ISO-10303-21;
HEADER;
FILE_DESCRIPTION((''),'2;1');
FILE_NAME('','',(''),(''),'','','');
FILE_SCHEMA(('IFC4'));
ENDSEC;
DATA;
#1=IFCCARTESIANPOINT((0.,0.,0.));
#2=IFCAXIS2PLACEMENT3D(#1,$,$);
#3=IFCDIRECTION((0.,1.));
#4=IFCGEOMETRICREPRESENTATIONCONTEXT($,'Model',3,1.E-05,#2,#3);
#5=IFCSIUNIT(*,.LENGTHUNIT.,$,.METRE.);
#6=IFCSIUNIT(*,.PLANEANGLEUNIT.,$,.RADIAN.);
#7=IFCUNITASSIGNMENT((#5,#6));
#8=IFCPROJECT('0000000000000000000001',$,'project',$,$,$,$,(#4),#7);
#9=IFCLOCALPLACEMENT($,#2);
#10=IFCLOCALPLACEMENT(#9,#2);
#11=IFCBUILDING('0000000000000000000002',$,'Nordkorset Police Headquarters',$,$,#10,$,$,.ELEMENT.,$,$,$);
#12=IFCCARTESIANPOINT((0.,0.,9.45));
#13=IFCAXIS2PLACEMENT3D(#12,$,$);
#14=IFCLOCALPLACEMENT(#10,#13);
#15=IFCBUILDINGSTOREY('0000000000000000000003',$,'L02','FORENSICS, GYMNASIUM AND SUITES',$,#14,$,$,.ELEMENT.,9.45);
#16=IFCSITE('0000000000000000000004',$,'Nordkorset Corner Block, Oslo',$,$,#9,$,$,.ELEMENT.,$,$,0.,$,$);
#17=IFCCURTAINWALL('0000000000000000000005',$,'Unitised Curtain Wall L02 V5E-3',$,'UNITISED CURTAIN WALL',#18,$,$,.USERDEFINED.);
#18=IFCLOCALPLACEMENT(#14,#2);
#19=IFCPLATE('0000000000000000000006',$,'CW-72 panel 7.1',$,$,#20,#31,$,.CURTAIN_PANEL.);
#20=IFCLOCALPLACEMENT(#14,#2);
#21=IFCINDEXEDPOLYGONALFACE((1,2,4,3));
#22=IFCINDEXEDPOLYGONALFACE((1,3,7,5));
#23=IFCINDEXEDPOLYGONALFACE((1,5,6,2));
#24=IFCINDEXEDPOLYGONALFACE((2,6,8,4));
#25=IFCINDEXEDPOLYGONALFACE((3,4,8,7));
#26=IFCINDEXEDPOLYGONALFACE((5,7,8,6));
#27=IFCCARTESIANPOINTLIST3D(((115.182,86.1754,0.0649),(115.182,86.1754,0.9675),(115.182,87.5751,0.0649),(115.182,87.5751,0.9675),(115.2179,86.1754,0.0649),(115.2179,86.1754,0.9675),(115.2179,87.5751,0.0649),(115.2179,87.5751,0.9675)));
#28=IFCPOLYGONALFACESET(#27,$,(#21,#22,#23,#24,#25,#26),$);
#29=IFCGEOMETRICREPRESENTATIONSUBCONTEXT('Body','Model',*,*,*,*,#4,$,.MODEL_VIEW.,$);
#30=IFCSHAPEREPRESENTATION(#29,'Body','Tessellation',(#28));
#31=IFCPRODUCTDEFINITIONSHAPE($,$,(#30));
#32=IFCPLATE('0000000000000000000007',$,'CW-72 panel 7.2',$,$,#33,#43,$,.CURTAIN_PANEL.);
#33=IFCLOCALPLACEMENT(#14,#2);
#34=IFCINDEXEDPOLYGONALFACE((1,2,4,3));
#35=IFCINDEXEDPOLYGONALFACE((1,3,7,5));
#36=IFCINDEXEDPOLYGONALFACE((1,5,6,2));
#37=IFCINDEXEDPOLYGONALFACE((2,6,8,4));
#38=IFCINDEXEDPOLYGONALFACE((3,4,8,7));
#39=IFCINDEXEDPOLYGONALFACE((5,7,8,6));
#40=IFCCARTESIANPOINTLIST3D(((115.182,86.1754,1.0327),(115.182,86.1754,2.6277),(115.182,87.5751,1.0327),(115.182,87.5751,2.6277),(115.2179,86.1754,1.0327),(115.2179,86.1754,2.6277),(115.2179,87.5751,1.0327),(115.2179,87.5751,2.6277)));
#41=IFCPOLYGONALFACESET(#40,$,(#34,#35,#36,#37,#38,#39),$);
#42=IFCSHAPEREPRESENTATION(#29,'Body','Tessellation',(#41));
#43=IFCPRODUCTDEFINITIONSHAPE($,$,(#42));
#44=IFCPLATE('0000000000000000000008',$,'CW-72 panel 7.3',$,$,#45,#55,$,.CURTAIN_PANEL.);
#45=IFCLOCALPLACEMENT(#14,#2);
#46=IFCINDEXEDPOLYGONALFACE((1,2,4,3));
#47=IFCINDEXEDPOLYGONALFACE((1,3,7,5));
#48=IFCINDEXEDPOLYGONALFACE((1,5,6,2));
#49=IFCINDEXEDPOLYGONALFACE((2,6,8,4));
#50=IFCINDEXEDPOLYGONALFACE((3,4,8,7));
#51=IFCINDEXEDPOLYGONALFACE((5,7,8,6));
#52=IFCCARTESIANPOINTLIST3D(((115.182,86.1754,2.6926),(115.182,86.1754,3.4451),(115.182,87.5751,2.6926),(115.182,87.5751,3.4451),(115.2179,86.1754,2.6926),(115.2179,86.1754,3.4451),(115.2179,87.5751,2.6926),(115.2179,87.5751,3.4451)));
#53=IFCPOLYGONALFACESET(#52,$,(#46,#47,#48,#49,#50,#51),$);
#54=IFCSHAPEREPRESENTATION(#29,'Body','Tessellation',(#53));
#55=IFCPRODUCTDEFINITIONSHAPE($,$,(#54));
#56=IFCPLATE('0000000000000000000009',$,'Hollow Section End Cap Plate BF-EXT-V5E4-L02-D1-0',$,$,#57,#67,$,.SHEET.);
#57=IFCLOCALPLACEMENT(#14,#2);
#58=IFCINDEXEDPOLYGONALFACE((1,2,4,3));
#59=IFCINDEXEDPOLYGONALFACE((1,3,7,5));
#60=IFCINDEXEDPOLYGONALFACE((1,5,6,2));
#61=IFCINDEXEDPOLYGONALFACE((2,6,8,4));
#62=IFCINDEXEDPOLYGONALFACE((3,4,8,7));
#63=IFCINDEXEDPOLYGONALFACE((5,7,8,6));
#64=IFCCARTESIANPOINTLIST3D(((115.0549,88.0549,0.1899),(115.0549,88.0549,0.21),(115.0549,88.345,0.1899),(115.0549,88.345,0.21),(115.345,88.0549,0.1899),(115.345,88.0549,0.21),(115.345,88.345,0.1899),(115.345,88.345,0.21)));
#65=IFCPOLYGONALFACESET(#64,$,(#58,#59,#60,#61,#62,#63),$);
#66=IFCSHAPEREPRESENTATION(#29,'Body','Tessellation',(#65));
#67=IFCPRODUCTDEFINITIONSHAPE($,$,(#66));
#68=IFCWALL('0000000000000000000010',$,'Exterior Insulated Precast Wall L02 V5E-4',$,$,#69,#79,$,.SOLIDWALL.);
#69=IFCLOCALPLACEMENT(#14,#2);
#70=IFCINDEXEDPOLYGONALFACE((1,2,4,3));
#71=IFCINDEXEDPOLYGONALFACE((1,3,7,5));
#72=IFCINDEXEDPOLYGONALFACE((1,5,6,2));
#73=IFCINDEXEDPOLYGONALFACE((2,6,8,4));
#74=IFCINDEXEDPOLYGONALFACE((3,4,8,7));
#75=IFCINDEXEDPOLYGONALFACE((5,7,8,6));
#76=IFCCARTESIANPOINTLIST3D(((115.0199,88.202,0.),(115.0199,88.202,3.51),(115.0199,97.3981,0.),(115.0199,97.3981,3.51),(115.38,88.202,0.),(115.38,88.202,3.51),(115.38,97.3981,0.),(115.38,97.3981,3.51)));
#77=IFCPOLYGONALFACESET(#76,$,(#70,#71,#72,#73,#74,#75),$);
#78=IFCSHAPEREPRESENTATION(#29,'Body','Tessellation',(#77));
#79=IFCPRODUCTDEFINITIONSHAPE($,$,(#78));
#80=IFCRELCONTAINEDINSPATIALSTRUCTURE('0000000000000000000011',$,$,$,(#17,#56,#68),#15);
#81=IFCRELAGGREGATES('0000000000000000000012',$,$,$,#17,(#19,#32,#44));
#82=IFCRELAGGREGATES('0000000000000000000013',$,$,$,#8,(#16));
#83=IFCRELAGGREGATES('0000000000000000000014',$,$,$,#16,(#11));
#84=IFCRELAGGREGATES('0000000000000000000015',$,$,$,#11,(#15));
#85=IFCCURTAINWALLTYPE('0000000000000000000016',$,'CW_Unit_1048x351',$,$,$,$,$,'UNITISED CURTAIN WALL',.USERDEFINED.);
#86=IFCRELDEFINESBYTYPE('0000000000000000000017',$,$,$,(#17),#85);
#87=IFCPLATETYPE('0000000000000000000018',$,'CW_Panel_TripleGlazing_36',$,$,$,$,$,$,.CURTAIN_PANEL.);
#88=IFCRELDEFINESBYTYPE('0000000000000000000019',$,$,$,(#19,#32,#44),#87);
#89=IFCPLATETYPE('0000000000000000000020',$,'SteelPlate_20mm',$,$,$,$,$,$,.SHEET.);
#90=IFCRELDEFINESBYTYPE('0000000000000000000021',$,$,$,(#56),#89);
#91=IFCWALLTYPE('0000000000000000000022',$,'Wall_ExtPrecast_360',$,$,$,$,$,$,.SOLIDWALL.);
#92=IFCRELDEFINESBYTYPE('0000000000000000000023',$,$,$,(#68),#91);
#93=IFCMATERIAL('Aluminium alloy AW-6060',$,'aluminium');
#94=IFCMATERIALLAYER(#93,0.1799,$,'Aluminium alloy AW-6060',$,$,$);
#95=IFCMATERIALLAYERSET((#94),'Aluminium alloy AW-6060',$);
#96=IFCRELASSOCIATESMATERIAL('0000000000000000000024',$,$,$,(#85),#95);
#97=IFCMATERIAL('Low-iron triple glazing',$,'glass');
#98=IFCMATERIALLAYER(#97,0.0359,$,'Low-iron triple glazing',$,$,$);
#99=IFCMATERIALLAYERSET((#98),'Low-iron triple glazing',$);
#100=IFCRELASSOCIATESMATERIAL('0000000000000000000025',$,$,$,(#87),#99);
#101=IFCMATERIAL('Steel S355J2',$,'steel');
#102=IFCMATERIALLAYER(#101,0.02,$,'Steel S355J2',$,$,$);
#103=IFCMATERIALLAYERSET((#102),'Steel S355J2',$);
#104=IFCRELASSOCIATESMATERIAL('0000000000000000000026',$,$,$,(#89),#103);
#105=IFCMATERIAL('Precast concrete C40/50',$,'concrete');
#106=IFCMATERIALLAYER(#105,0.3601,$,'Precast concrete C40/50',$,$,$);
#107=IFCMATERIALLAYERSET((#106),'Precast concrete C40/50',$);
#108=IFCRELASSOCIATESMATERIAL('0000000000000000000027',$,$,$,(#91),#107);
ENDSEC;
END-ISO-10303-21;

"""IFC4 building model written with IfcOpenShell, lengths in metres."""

from ifc_helpers import new_model, si_unit, direction, frame, frame_2d, origin, origin_2d, place, context, subcontext, project, spatial, rectangle, extrude, material, layer, layer_set, type_object, element, aggregate, save


model = new_model("IFC4")

# Units and contexts
model_context = context("Model", 3, precision=1e-05, world=origin(), true_north=direction((0.0, 1.0)))
body_context = subcontext(model_context, "Body", "Model", "MODEL_VIEW")
ifc_project = project(units=[si_unit("LENGTHUNIT", "METRE"), si_unit("PLANEANGLEUNIT", "RADIAN")], contexts=[model_context])

# Site, building, storey
site_placement = place(None, origin())
site = spatial("IfcSite", under=ifc_project, at=site_placement, Name="Nordkorset Corner Block, Oslo", CompositionType="ELEMENT", RefElevation=0.0)
building_placement = place(site_placement, origin())
building = spatial("IfcBuilding", under=site, at=building_placement, Name="Nordkorset Police Headquarters", CompositionType="ELEMENT")
storey_placement = place(building_placement, frame((0.0, 0.0, 9.45)))
storey = spatial("IfcBuildingStorey", under=building, at=storey_placement, Name="L02", Description="FORENSICS, GYMNASIUM AND SUITES", CompositionType="ELEMENT", Elevation=9.45)

# Curtain wall
ifc_material_1 = material(Name="Aluminium alloy AW-6060", Category="aluminium")
ifc_layer_1 = layer(ifc_material_1, 0.1799, Name="Aluminium alloy AW-6060")
ifc_layer_set_1 = layer_set([ifc_layer_1], Name="Aluminium alloy AW-6060")
curtain_wall_type = type_object("IfcCurtainWallType", Name="CW_Unit_1048x351", ElementType="UNITISED CURTAIN WALL", PredefinedType="USERDEFINED", material=ifc_layer_set_1)
curtain_wall_placement = place(storey_placement, origin())
curtain_wall = element("IfcCurtainWall", 1, at=curtain_wall_placement, inside=storey, type_object=curtain_wall_type, Name="Unitised Curtain Wall L02 V5E-3", ObjectType="UNITISED CURTAIN WALL", PredefinedType="USERDEFINED")

# Plates
ifc_material_2 = material(Name="Low-iron triple glazing", Category="glass")
ifc_layer_2 = layer(ifc_material_2, 0.0359, Name="Low-iron triple glazing")
ifc_layer_set_2 = layer_set([ifc_layer_2], Name="Low-iron triple glazing")
plate_type_1 = type_object("IfcPlateType", Name="CW_Panel_TripleGlazing_36", PredefinedType="CURTAIN_PANEL", material=ifc_layer_set_2)
plate_1_placement = place(storey_placement, frame((115.2, 86.8752, 0.0649), z_axis=(0.0, 0.0, 1.0), x_axis=(0.0, 1.0, 0.0)))
plate_1 = element("IfcPlate", 2, at=plate_1_placement, type_object=plate_type_1, Name="CW-72 panel 7.1", PredefinedType="CURTAIN_PANEL", context=body_context, shape_type="SweptSolid", body=[
    extrude(rectangle(XDim=1.3997, YDim=0.0359, at=origin_2d()), origin(), (0.0, 0.0, 1.0), 0.9026),
])
plate_2_placement = place(storey_placement, frame((115.2, 86.8752, 1.0327), z_axis=(0.0, 0.0, 1.0), x_axis=(0.0, 1.0, 0.0)))
plate_2 = element("IfcPlate", 3, at=plate_2_placement, type_object=plate_type_1, Name="CW-72 panel 7.2", PredefinedType="CURTAIN_PANEL", context=body_context, shape_type="SweptSolid", body=[
    extrude(rectangle(XDim=1.3997, YDim=0.0359, at=origin_2d()), origin(), (0.0, 0.0, 1.0), 1.595),
])
plate_3_placement = place(storey_placement, frame((115.2, 86.8752, 2.6926), z_axis=(0.0, 0.0, 1.0), x_axis=(0.0, 1.0, 0.0)))
plate_3 = element("IfcPlate", 4, at=plate_3_placement, type_object=plate_type_1, Name="CW-72 panel 7.3", PredefinedType="CURTAIN_PANEL", context=body_context, shape_type="SweptSolid", body=[
    extrude(rectangle(XDim=1.3997, YDim=0.0359, at=origin_2d()), origin(), (0.0, 0.0, 1.0), 0.7524),
])
aggregate(curtain_wall, [plate_1, plate_2, plate_3])
ifc_material_3 = material(Name="Steel S355J2", Category="steel")
ifc_layer_3 = layer(ifc_material_3, 0.02, Name="Steel S355J2")
ifc_layer_set_3 = layer_set([ifc_layer_3], Name="Steel S355J2")
plate_type_2 = type_object("IfcPlateType", Name="SteelPlate_20mm", PredefinedType="SHEET", material=ifc_layer_set_3)
plate_4_placement = place(storey_placement, frame((115.2, 88.2, 0.1899), z_axis=(0.0, 0.0, 1.0), x_axis=(1.0, 0.0, 0.0)))
element("IfcPlate", 5, at=plate_4_placement, inside=storey, type_object=plate_type_2, Name="Hollow Section End Cap Plate BF-EXT-V5E4-L02-D1-0", PredefinedType="SHEET", context=body_context, shape_type="SweptSolid", body=[
    extrude(rectangle(XDim=0.29, YDim=0.29, at=origin_2d()), origin(), (0.0, 0.0, 1.0), 0.02),
])

# Wall
ifc_material_4 = material(Name="Precast concrete C40/50", Category="concrete")
ifc_layer_4 = layer(ifc_material_4, 0.3601, Name="Precast concrete C40/50")
ifc_layer_set_4 = layer_set([ifc_layer_4], Name="Precast concrete C40/50")
wall_type = type_object("IfcWallType", Name="Wall_ExtPrecast_360", PredefinedType="SOLIDWALL", material=ifc_layer_set_4)
wall_placement = place(storey_placement, frame((115.2, 88.2019, 0.0), z_axis=(0.0, 0.0, 1.0), x_axis=(0.0, 1.0, 0.0)))
element("IfcWall", 6, at=wall_placement, inside=storey, type_object=wall_type, Name="Exterior Insulated Precast Wall L02 V5E-4", PredefinedType="SOLIDWALL", context=body_context, shape_type="SweptSolid", body=[
    extrude(rectangle(XDim=9.196, YDim=0.3601, at=frame_2d((4.5981, 0.0))), origin(), (0.0, 0.0, 1.0), 3.51),
])

save(model, "model.ifc")
